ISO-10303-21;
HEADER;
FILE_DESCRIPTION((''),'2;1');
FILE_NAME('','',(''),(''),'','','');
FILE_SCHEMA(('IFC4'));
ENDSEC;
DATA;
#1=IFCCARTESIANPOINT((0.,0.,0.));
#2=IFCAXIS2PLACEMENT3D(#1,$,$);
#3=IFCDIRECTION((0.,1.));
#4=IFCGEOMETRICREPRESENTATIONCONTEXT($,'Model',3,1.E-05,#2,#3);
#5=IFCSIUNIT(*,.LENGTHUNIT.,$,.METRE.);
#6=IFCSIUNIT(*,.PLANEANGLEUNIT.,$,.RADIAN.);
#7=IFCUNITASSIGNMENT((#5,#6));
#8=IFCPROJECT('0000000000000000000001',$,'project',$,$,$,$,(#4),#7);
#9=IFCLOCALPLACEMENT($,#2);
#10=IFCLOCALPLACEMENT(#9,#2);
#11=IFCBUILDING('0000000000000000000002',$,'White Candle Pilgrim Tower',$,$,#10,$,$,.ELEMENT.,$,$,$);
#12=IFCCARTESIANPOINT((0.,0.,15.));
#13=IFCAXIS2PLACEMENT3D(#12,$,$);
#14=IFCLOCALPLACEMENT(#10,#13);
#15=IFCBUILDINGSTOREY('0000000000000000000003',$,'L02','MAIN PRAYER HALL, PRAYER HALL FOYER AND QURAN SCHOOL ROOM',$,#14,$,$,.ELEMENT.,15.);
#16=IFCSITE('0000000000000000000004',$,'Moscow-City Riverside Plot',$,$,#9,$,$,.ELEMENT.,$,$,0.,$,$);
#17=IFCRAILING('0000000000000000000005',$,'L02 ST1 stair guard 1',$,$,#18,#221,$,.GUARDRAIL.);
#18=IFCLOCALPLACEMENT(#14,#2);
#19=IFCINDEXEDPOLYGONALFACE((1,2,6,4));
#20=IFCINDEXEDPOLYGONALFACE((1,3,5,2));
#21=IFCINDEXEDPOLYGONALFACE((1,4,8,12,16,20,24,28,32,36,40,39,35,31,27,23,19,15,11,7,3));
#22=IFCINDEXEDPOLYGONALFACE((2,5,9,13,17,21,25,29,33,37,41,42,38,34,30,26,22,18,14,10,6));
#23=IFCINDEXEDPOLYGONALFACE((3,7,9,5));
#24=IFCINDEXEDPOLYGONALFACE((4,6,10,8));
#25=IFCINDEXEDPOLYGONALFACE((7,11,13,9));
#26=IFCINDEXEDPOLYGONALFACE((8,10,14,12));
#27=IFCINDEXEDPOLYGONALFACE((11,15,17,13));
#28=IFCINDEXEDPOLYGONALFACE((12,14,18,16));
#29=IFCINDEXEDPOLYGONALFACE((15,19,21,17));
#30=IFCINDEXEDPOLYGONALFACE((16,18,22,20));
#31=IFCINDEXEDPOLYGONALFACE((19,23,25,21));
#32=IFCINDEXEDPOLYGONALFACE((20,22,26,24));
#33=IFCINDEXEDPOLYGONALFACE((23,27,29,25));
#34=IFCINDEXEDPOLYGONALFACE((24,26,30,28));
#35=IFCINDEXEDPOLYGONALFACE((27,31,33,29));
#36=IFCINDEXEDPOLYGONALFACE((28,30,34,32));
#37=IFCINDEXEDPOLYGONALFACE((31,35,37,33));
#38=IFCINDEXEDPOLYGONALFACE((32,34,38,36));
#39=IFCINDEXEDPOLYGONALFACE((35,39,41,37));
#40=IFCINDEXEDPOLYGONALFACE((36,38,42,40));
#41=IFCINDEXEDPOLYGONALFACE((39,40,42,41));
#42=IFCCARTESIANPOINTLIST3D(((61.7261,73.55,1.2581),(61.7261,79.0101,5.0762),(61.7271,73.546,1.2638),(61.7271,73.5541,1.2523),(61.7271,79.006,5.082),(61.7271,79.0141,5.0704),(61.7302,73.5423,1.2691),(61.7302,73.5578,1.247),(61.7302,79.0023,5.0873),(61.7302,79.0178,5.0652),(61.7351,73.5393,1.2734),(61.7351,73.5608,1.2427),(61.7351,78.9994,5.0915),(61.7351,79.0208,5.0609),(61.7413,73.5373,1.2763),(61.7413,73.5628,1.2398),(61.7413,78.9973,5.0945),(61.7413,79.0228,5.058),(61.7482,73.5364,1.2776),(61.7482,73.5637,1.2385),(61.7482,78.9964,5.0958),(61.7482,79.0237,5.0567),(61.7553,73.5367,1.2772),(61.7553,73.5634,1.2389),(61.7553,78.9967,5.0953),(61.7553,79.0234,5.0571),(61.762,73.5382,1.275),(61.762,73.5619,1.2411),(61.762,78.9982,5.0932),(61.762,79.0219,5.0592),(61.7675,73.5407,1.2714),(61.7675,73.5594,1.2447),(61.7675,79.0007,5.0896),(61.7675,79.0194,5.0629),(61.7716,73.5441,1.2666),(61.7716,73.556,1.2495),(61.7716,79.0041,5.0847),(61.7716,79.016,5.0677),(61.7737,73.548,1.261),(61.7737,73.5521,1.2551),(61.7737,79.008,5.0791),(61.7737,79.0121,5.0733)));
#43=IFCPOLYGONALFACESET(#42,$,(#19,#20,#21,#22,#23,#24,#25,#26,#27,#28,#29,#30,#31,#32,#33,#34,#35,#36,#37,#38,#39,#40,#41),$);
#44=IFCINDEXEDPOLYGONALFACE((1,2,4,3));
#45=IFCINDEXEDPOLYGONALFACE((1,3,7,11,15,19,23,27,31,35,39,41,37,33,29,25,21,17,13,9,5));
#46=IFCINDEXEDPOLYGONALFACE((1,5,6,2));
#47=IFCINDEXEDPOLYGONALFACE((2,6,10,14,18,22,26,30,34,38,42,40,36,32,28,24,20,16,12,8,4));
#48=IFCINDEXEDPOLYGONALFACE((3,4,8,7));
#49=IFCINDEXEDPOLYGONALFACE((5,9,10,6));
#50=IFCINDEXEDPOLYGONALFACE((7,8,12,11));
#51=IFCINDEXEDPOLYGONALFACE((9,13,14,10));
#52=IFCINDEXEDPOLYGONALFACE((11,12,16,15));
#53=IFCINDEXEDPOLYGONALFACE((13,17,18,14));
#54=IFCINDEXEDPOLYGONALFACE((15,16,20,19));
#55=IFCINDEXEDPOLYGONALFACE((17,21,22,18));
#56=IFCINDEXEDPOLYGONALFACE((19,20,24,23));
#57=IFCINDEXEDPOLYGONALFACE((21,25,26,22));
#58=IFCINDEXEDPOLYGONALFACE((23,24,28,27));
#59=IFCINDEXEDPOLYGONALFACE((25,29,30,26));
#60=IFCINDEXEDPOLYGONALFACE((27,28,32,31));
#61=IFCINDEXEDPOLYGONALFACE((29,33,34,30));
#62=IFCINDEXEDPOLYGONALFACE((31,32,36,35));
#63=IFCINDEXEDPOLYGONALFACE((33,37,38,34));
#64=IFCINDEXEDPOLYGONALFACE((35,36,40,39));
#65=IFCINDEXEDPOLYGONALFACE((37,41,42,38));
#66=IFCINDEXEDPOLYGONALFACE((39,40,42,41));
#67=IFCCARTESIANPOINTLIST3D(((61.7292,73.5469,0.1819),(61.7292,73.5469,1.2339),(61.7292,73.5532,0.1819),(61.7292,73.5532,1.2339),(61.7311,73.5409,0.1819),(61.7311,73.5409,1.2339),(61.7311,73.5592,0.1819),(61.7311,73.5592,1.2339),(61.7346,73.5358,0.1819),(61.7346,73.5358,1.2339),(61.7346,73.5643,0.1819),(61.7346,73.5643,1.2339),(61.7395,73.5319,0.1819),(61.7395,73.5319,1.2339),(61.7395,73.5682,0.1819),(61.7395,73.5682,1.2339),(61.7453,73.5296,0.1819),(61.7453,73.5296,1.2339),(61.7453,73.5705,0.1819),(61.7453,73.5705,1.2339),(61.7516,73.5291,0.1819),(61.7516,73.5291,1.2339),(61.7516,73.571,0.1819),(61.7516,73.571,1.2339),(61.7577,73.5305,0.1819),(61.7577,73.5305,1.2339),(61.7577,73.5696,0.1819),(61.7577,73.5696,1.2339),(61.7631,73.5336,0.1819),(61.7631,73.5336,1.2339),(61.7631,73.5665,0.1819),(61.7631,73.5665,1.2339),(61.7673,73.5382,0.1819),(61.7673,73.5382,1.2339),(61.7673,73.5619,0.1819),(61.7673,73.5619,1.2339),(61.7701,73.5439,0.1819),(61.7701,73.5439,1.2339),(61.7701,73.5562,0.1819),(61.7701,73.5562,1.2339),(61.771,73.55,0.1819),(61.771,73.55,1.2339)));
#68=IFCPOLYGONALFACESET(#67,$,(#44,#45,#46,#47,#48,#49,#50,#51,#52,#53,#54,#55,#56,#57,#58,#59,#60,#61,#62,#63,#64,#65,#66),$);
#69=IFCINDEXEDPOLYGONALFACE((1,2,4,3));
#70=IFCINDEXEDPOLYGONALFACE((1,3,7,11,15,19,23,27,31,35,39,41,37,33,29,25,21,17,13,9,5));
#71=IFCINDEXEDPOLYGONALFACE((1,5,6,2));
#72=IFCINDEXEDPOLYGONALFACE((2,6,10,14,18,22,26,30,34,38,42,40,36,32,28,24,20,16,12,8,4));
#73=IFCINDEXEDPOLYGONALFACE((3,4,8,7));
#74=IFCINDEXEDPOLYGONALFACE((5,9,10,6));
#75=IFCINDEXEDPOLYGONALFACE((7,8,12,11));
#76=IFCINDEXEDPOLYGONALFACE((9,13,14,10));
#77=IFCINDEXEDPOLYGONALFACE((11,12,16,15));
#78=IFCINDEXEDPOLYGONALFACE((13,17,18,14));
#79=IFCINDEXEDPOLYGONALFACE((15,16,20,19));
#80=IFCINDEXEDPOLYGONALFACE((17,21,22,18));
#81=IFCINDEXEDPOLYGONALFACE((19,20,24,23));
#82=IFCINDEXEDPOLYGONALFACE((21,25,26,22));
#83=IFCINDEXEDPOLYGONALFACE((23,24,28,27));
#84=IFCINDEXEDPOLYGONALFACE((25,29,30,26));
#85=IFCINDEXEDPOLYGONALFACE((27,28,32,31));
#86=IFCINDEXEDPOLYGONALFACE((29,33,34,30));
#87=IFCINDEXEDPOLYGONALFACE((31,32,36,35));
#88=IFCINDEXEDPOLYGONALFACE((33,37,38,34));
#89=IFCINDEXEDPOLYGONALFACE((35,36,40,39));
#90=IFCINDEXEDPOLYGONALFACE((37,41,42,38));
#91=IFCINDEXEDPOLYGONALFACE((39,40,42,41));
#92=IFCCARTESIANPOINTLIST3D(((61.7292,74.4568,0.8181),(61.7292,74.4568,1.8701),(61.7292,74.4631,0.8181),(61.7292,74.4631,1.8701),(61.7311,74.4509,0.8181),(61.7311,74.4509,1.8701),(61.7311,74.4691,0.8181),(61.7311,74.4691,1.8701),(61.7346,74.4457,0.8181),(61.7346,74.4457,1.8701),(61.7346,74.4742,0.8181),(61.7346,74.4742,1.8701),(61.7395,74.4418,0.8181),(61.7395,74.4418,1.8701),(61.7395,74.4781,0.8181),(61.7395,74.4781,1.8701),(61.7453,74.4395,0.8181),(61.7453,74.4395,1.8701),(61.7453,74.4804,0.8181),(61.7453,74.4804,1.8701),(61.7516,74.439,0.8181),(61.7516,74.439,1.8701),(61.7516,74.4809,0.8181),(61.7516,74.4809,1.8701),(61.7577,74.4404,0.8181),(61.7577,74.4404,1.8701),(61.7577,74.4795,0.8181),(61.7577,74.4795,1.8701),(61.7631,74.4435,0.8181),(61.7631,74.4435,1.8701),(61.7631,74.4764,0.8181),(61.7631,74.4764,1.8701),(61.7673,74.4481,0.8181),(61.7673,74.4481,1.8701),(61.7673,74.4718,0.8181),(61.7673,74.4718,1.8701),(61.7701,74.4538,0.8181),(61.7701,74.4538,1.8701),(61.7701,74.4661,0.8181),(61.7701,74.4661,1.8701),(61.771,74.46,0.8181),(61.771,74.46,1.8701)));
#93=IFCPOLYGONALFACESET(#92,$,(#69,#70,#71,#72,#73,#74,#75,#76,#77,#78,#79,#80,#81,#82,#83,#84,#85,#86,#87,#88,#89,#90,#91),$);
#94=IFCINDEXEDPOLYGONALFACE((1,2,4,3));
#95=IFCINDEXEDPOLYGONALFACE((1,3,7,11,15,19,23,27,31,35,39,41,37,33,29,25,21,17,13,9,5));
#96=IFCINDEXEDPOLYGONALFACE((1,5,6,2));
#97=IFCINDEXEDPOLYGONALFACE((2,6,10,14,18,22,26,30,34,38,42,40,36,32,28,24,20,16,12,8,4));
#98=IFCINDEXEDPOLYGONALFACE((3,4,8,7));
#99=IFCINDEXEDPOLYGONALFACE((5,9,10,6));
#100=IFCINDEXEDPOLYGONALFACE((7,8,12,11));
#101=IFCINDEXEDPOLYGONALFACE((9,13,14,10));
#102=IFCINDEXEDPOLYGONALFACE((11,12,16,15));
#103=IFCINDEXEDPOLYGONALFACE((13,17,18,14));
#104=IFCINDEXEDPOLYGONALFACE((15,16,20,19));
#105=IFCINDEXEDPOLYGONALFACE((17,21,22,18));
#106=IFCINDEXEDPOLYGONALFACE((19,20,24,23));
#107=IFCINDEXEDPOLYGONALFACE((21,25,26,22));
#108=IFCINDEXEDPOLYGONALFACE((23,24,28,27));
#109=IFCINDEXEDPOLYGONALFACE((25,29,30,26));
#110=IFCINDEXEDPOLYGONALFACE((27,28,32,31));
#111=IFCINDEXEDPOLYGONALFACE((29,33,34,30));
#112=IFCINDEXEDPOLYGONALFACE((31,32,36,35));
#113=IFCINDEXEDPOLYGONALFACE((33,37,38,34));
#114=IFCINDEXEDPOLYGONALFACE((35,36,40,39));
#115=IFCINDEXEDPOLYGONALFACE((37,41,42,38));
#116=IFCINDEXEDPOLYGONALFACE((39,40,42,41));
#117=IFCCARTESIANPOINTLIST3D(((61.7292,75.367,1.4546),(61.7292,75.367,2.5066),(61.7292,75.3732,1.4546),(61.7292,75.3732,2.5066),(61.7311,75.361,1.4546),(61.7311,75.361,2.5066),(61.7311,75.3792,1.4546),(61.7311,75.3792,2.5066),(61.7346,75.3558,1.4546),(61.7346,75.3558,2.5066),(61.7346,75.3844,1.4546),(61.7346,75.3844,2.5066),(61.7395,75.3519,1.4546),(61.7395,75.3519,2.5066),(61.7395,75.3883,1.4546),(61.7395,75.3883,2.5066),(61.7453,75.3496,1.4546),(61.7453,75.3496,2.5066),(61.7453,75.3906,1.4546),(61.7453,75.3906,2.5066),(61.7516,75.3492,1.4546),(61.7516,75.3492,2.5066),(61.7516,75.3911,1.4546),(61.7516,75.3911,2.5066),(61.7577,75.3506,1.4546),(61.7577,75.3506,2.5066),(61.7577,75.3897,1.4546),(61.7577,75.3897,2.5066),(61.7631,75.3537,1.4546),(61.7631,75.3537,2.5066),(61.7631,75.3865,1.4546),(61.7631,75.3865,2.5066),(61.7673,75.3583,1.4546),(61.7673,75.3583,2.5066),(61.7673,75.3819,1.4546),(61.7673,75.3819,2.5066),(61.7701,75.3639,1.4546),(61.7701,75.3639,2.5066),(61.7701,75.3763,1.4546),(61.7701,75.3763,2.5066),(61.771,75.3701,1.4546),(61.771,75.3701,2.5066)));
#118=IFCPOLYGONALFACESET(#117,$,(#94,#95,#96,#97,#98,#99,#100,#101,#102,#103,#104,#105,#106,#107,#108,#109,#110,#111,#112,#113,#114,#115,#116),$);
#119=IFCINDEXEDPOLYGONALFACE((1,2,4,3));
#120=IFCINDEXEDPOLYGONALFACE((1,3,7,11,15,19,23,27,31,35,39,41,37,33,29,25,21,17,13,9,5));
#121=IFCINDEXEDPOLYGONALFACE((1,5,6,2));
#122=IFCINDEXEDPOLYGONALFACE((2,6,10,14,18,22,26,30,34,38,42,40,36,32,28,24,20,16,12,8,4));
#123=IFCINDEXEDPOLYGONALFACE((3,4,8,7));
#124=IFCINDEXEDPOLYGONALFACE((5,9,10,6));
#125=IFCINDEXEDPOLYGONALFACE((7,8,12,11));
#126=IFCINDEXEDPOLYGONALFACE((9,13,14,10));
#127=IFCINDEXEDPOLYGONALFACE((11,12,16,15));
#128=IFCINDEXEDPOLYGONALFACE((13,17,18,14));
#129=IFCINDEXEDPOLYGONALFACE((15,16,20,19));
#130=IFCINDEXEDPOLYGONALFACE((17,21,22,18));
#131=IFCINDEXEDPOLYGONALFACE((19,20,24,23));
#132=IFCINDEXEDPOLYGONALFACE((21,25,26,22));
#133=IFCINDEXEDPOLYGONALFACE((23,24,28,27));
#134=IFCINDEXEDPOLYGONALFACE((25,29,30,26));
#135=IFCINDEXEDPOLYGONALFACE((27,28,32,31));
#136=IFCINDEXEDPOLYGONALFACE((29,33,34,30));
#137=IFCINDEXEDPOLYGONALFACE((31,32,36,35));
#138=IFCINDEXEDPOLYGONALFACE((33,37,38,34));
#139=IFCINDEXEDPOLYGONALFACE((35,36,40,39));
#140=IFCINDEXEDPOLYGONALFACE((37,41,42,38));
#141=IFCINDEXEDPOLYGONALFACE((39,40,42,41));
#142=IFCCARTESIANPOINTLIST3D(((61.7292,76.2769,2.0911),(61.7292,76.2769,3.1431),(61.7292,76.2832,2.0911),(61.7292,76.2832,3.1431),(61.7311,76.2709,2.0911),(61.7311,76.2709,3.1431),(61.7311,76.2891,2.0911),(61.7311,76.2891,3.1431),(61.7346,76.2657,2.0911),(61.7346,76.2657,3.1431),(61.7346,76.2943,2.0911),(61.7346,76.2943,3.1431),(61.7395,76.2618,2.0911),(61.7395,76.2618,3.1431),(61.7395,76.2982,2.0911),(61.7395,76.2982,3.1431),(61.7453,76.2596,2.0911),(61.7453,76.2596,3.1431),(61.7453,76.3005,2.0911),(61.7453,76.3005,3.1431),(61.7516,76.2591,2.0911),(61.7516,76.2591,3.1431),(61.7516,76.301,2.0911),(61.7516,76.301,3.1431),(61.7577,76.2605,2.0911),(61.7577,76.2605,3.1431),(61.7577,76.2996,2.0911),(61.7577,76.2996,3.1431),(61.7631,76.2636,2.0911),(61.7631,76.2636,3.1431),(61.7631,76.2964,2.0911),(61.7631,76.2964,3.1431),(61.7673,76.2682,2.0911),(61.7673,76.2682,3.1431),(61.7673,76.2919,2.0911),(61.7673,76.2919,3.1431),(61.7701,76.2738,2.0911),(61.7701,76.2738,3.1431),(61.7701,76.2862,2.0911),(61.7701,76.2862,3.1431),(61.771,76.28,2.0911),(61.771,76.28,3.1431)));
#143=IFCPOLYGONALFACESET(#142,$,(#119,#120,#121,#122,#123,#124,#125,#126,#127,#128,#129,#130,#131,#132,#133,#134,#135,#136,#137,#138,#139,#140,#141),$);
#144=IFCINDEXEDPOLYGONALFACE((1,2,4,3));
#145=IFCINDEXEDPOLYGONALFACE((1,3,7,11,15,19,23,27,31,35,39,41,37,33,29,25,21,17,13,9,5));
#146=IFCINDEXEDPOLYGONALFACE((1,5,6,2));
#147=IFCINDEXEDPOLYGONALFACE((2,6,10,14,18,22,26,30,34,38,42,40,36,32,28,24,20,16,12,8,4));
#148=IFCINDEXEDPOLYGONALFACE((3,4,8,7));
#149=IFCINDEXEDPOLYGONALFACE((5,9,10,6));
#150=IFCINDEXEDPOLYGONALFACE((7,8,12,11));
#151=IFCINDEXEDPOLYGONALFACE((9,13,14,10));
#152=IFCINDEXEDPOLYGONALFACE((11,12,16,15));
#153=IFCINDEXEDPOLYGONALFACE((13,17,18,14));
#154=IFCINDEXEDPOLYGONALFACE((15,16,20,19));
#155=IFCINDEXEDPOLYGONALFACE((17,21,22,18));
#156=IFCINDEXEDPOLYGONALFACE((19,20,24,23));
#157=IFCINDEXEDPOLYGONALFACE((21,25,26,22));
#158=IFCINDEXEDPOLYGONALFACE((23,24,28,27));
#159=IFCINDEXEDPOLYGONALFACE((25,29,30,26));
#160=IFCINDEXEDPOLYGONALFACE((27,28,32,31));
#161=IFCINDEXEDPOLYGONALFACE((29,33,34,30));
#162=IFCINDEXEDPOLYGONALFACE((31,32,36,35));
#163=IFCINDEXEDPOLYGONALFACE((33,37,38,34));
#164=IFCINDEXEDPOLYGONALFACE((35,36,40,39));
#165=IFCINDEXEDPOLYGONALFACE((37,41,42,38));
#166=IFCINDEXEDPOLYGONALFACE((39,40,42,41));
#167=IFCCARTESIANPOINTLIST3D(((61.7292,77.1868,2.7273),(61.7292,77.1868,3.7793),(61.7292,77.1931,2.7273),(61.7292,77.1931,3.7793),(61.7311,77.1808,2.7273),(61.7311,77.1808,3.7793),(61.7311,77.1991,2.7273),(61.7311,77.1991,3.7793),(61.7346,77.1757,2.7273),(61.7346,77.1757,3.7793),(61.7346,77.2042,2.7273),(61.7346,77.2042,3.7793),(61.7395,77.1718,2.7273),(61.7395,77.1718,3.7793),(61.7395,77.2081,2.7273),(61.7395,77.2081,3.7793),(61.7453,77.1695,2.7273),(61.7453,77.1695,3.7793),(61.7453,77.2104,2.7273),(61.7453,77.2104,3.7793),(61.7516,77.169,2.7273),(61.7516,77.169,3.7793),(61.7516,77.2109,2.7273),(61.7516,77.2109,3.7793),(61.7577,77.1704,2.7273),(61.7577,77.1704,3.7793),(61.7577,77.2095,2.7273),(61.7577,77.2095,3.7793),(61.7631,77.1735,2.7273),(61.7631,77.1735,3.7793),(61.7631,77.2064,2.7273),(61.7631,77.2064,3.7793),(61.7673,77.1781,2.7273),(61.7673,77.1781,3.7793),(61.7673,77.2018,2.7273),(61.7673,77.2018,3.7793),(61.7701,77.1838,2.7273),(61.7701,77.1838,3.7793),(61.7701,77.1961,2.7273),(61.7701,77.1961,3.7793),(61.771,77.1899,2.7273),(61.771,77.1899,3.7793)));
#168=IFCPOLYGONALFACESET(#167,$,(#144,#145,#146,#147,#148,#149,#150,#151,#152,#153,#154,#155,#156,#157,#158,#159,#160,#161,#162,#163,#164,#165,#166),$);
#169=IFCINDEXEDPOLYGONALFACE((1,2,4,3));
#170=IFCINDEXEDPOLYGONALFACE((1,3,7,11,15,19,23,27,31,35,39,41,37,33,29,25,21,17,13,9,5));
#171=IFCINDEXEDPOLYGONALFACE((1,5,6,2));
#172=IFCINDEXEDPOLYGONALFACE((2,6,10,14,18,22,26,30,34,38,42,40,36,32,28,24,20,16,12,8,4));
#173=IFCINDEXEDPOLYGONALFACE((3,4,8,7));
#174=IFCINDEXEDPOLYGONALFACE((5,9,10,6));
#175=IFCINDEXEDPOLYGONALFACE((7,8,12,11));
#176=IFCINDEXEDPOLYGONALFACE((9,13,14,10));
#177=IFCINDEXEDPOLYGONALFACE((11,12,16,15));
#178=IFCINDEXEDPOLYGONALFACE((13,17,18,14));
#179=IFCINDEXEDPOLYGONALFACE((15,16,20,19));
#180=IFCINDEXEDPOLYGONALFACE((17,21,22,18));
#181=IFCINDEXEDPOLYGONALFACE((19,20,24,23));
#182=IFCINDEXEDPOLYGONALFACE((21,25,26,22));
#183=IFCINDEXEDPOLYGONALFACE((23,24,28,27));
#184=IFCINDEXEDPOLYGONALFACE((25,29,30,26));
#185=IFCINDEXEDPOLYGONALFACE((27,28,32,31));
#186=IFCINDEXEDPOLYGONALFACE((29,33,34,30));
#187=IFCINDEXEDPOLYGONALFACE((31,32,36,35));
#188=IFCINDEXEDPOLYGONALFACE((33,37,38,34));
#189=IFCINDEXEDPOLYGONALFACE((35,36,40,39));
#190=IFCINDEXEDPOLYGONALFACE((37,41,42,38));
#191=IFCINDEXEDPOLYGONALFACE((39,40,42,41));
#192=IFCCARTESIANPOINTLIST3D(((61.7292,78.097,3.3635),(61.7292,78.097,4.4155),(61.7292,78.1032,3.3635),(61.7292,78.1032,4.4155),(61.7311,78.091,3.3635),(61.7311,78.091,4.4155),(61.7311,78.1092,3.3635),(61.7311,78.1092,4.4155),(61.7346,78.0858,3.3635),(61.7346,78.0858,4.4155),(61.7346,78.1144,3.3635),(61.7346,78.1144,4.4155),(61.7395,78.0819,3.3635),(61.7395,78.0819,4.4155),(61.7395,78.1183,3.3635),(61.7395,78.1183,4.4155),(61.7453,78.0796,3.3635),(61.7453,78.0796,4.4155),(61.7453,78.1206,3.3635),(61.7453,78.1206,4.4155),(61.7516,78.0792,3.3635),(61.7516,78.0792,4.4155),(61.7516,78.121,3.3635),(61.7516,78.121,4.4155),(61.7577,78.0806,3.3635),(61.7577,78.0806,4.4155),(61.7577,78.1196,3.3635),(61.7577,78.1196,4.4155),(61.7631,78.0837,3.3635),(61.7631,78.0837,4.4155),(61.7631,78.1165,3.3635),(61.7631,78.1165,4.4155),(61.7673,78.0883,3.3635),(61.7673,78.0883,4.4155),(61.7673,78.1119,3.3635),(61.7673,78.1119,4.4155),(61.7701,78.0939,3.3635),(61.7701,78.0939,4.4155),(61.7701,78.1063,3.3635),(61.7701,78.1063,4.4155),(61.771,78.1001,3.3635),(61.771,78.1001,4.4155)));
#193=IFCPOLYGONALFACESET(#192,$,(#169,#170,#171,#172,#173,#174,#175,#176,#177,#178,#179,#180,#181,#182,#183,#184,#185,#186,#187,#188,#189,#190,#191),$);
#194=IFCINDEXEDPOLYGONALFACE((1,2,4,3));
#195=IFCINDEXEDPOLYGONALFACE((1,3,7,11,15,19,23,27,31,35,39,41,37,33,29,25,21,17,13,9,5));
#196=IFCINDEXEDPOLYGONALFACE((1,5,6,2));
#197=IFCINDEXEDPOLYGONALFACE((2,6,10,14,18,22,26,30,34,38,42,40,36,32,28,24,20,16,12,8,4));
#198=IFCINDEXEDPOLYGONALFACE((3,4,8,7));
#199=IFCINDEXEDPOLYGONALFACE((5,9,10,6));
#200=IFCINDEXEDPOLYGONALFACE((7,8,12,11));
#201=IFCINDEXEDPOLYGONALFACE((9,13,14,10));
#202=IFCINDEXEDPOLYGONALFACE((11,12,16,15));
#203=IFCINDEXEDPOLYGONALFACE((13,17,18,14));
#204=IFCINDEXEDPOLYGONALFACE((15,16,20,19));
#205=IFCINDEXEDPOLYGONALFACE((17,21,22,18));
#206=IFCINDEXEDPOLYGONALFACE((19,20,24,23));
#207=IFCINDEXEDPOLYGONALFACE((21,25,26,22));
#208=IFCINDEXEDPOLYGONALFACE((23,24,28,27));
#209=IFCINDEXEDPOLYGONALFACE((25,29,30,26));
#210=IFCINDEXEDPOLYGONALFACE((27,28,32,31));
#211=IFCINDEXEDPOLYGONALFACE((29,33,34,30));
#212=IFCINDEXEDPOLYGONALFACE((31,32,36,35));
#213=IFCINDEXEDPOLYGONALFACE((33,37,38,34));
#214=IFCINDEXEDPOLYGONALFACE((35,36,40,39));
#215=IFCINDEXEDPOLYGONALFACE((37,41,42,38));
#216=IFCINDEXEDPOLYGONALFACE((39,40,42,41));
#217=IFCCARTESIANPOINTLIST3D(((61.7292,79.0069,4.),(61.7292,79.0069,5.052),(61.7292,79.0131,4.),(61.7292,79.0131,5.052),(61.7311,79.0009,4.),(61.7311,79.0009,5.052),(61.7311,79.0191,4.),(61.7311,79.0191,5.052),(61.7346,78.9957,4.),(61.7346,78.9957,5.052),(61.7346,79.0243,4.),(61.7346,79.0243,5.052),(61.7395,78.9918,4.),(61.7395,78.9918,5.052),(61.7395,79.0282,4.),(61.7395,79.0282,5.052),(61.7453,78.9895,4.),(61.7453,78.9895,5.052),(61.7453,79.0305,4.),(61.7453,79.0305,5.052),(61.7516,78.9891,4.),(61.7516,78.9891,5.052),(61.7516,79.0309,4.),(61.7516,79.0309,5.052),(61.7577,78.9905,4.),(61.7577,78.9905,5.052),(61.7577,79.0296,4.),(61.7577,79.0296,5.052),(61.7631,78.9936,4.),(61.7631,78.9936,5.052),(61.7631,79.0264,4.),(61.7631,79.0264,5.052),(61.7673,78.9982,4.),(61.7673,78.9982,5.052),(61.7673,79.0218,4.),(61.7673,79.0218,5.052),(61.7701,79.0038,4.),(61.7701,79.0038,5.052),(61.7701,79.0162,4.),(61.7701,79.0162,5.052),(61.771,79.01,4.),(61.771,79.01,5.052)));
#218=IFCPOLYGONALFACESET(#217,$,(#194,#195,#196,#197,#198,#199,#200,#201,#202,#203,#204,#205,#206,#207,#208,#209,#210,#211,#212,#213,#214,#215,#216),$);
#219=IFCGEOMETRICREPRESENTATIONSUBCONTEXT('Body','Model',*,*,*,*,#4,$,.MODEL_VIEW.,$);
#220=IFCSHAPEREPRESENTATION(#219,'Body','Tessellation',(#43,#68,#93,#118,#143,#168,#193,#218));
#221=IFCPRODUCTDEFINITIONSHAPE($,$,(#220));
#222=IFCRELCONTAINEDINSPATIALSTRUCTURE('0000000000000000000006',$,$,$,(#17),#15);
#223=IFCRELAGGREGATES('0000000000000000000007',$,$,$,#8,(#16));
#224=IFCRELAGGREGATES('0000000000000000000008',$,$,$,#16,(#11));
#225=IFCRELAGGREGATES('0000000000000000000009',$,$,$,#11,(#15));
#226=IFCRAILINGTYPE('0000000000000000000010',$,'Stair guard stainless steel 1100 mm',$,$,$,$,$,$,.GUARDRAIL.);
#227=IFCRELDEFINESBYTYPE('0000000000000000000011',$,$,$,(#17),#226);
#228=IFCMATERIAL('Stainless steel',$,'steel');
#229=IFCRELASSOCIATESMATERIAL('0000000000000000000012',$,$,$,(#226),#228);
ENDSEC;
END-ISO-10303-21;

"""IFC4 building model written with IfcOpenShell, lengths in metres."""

from ifc_helpers import new_model, si_unit, direction, frame, origin, origin_2d, place, context, subcontext, project, spatial, circle, extrude, material, type_object, element, save


model = new_model("IFC4")

# Units and contexts
model_context = context("Model", 3, precision=1e-05, world=origin(), true_north=direction((0.0, 1.0)))
body_context = subcontext(model_context, "Body", "Model", "MODEL_VIEW")
ifc_project = project(units=[si_unit("LENGTHUNIT", "METRE"), si_unit("PLANEANGLEUNIT", "RADIAN")], contexts=[model_context])

# Site, building, storey
site_placement = place(None, origin())
site = spatial("IfcSite", under=ifc_project, at=site_placement, Name="Moscow-City Riverside Plot", CompositionType="ELEMENT", RefElevation=0.0)
building_placement = place(site_placement, origin())
building = spatial("IfcBuilding", under=site, at=building_placement, Name="White Candle Pilgrim Tower", CompositionType="ELEMENT")
storey_placement = place(building_placement, frame((0.0, 0.0, 15.0)))
storey = spatial("IfcBuildingStorey", under=building, at=storey_placement, Name="L02", Description="MAIN PRAYER HALL, PRAYER HALL FOYER AND QURAN SCHOOL ROOM", CompositionType="ELEMENT", Elevation=15.0)

# Railing
ifc_material_1 = material(Name="Stainless steel", Category="steel")
railing_type_1 = type_object("IfcRailingType", Name="Stair guard stainless steel 1100 mm", PredefinedType="GUARDRAIL", material=ifc_material_1)
railing_1_placement = place(storey_placement, frame((61.75, 73.55, 0.1819)))
element("IfcRailing", 1, at=railing_1_placement, inside=storey, type_object=railing_type_1, Name="L02 ST1 stair guard 1", PredefinedType="GUARDRAIL", context=body_context, shape_type="SweptSolid", body=[
    extrude(circle(Radius=0.0239, at=origin_2d()), frame((0.0, 0.0, 1.0762), z_axis=(0.0, 0.819504, 0.573074), x_axis=(-1.0, 0.0, 0.0)), (0.0, 0.0, 1.0), 6.6626),
    extrude(circle(Radius=0.021, at=origin_2d()), origin(), (0.0, 0.0, 1.0), 1.052),
    extrude(circle(Radius=0.021, at=origin_2d()), frame((0.0, 0.9099, 0.6362)), (0.0, 0.0, 1.0), 1.052),
    extrude(circle(Radius=0.021, at=origin_2d()), frame((0.0, 1.8201, 1.2727)), (0.0, 0.0, 1.0), 1.052),
    extrude(circle(Radius=0.021, at=origin_2d()), frame((0.0, 2.73, 1.9092)), (0.0, 0.0, 1.0), 1.052),
    extrude(circle(Radius=0.021, at=origin_2d()), frame((0.0, 3.6399, 2.5454)), (0.0, 0.0, 1.0), 1.052),
    extrude(circle(Radius=0.021, at=origin_2d()), frame((0.0, 4.55, 3.1816)), (0.0, 0.0, 1.0), 1.052),
    extrude(circle(Radius=0.021, at=origin_2d()), frame((0.0, 5.46, 3.8181)), (0.0, 0.0, 1.0), 1.052),
])

save(model, "model.ifc")
